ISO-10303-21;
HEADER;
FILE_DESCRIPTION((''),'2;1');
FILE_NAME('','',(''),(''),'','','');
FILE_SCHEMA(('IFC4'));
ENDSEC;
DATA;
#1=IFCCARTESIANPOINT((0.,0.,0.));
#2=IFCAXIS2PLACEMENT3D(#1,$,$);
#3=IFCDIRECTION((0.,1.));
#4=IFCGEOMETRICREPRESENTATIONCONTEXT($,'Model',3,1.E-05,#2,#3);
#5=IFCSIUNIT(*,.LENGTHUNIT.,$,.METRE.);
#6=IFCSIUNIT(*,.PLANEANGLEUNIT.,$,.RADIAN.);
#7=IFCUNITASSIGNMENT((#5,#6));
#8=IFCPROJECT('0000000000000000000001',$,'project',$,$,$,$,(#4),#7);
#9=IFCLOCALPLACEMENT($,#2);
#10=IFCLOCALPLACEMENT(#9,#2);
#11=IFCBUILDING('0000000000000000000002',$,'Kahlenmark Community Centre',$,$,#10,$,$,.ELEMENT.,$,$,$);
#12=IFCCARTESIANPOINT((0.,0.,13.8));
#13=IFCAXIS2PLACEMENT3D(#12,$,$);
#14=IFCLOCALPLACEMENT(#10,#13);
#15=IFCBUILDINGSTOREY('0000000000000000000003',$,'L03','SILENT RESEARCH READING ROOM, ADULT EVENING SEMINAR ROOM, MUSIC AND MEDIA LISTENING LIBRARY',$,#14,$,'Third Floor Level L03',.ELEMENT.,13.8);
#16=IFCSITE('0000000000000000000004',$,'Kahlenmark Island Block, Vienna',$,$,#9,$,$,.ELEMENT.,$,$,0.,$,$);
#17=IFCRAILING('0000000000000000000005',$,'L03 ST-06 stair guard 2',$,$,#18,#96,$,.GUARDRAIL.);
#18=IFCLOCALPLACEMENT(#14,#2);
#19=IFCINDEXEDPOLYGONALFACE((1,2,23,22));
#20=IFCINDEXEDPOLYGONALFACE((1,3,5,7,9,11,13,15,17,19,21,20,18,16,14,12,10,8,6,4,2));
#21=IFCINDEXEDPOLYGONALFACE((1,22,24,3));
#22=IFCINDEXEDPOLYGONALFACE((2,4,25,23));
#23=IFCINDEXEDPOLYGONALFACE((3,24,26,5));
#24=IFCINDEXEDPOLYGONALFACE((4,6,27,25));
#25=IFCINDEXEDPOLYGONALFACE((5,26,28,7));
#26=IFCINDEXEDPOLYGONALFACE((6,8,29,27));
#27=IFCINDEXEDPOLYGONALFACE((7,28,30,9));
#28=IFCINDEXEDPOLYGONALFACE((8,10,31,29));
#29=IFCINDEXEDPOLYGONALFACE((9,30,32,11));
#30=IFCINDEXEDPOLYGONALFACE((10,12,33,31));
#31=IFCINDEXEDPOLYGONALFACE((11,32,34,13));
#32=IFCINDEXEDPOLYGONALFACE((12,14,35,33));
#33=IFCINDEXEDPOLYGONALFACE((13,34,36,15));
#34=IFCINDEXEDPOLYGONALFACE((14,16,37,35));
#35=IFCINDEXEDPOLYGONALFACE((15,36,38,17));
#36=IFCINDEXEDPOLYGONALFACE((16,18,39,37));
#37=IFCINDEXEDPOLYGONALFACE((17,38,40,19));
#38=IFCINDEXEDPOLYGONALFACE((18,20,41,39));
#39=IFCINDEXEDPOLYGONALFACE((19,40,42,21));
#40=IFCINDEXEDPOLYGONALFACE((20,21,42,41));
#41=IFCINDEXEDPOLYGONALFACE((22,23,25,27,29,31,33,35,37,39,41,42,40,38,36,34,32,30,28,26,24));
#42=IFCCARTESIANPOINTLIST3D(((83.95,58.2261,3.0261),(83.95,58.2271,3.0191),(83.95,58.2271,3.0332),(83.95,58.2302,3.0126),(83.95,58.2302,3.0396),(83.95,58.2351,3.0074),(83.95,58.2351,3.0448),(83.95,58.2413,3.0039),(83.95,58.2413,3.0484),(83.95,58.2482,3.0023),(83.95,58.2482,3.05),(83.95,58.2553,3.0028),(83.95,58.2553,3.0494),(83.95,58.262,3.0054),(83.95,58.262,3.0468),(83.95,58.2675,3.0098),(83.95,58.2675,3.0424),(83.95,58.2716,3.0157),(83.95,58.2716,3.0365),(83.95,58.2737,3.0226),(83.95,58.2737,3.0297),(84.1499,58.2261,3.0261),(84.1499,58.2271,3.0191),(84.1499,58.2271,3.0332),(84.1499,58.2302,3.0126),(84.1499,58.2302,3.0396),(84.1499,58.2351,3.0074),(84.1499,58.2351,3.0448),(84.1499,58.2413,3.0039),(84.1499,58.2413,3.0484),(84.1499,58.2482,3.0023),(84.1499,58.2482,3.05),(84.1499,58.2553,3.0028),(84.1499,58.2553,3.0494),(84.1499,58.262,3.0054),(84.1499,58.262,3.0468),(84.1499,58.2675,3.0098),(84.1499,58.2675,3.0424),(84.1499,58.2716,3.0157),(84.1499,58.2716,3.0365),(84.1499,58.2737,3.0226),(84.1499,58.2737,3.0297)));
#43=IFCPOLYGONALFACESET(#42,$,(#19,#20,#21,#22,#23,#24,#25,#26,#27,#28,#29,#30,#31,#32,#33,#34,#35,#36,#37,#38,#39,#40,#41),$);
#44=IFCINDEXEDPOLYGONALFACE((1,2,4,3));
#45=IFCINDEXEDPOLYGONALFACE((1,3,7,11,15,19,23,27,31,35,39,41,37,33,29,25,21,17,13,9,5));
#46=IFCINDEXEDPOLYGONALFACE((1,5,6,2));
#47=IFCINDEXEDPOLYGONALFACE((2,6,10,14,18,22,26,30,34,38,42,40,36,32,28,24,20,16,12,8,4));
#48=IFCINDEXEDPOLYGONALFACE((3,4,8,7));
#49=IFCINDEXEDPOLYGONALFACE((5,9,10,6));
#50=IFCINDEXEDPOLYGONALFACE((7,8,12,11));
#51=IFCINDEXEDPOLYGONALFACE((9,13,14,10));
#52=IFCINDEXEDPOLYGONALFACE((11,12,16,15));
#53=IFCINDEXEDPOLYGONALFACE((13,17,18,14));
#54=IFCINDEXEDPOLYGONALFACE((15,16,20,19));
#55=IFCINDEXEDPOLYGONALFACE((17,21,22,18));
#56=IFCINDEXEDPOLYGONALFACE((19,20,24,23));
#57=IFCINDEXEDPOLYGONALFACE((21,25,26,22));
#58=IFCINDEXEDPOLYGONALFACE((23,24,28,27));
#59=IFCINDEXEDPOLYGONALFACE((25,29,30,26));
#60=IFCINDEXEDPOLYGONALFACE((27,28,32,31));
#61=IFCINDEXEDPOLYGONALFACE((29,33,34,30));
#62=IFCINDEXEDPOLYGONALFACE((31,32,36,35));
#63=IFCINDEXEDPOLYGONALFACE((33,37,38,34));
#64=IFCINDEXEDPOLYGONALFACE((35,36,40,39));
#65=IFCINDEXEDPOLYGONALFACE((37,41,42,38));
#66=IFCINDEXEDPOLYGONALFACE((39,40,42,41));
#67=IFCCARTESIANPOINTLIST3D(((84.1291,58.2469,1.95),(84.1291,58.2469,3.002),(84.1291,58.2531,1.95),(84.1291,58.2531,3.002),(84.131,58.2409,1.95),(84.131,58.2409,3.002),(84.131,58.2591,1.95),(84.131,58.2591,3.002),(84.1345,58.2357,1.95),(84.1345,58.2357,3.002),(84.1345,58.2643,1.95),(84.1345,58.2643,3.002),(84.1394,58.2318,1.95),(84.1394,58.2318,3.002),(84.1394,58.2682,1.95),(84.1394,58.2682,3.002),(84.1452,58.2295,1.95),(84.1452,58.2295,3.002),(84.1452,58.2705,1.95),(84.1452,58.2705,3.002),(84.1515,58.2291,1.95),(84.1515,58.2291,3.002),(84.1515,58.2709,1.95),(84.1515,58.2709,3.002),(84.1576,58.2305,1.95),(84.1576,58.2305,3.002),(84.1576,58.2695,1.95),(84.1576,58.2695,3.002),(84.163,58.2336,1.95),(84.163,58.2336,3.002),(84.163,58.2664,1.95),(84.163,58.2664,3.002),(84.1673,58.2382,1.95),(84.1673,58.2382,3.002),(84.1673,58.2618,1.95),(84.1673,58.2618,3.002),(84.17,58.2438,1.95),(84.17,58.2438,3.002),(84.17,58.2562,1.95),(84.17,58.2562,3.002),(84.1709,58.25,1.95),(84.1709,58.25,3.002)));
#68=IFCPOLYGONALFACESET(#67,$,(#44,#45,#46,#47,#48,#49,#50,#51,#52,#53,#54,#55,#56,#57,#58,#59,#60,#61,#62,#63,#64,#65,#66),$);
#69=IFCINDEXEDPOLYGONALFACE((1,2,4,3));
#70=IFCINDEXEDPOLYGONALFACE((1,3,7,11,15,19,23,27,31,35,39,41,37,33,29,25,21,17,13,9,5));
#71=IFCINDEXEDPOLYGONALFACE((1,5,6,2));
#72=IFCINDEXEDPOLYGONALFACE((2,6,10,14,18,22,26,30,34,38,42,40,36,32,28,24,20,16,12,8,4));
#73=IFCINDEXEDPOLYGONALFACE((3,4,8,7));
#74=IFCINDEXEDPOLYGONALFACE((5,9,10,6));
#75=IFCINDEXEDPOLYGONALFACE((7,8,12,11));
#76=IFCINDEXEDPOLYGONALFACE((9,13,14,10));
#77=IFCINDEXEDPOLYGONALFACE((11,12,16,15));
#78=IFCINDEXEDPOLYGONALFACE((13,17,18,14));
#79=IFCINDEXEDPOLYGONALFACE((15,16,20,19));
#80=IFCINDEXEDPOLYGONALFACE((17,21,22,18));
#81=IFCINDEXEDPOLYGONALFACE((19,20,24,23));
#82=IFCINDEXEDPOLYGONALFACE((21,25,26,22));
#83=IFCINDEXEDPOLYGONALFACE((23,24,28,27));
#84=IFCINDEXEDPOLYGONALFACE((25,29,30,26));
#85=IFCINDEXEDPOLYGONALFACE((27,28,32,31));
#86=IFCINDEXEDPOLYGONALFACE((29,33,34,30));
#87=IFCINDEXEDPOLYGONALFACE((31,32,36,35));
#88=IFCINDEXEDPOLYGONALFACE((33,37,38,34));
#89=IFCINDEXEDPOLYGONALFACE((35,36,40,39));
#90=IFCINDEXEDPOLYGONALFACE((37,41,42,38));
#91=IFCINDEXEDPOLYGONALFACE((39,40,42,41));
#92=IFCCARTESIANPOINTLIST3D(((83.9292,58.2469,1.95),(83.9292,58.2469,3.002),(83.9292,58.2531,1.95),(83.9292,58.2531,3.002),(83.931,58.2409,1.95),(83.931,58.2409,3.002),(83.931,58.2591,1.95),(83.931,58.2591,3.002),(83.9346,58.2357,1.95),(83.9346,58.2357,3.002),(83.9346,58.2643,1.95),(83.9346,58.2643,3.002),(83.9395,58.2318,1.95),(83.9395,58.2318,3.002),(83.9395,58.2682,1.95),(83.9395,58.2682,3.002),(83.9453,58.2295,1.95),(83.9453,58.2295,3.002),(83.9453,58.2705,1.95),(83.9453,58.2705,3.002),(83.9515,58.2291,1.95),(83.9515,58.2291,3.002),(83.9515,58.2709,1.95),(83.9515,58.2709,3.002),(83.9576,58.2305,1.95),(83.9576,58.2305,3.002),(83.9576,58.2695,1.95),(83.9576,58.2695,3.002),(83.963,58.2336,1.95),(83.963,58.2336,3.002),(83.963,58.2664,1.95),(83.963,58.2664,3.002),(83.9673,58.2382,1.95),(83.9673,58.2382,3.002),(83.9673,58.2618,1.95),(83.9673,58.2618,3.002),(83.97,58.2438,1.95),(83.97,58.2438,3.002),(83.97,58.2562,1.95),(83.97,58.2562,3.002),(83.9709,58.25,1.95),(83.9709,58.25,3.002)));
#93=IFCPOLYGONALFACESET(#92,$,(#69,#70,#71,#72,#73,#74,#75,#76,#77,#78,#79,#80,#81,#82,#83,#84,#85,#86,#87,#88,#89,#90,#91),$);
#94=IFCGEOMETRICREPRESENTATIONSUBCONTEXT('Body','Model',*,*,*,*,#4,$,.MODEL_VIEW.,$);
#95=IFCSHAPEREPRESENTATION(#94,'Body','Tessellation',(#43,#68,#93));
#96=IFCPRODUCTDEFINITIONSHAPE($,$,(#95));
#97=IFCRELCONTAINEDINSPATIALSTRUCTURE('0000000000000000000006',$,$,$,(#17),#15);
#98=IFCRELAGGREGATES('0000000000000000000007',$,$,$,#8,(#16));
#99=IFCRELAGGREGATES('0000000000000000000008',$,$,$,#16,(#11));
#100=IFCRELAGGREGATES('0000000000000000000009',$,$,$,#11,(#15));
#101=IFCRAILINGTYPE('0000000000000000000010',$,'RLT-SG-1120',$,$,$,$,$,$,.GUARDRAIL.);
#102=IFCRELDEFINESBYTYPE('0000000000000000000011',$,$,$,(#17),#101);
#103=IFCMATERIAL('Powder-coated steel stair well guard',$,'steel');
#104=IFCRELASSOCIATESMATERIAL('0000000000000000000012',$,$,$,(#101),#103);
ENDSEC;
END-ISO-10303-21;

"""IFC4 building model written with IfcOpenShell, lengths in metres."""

from ifc_helpers import new_model, si_unit, direction, frame, origin, origin_2d, place, context, subcontext, project, spatial, circle, extrude, material, type_object, element, save


model = new_model("IFC4")

# Units and contexts
model_context = context("Model", 3, precision=1e-05, world=origin(), true_north=direction((0.0, 1.0)))
body_context = subcontext(model_context, "Body", "Model", "MODEL_VIEW")
ifc_project = project(units=[si_unit("LENGTHUNIT", "METRE"), si_unit("PLANEANGLEUNIT", "RADIAN")], contexts=[model_context])

# Site, building, storey
site_placement = place(None, origin())
site = spatial("IfcSite", under=ifc_project, at=site_placement, Name="Kahlenmark Island Block, Vienna", CompositionType="ELEMENT", RefElevation=0.0)
building_placement = place(site_placement, origin())
building = spatial("IfcBuilding", under=site, at=building_placement, Name="Kahlenmark Community Centre", CompositionType="ELEMENT")
storey_placement = place(building_placement, frame((0.0, 0.0, 13.8)))
storey = spatial("IfcBuildingStorey", under=building, at=storey_placement, Name="L03", Description="SILENT RESEARCH READING ROOM, ADULT EVENING SEMINAR ROOM, MUSIC AND MEDIA LISTENING LIBRARY", LongName="Third Floor Level L03", CompositionType="ELEMENT", Elevation=13.8)

# Railing
ifc_material_1 = material(Name="Powder-coated steel stair well guard", Category="steel")
railing_type_1 = type_object("IfcRailingType", Name="RLT-SG-1120", PredefinedType="GUARDRAIL", material=ifc_material_1)
railing_1_placement = place(storey_placement, frame((84.1499, 58.25, 1.95)))
element("IfcRailing", 1, at=railing_1_placement, inside=storey, type_object=railing_type_1, Name="L03 ST-06 stair guard 2", PredefinedType="GUARDRAIL", context=body_context, shape_type="SweptSolid", body=[
    extrude(circle(Radius=0.0239, at=origin_2d()), frame((0.0, 0.0, 1.0762), z_axis=(-1.0, 0.0, 0.0), x_axis=(0.0, -1.0, 0.0)), (0.0, 0.0, 1.0), 0.2),
    extrude(circle(Radius=0.021, at=origin_2d()), origin(), (0.0, 0.0, 1.0), 1.052),
    extrude(circle(Radius=0.021, at=origin_2d()), frame((-0.2, 0.0, 0.0)), (0.0, 0.0, 1.0), 1.052),
])

save(model, "model.ifc")
